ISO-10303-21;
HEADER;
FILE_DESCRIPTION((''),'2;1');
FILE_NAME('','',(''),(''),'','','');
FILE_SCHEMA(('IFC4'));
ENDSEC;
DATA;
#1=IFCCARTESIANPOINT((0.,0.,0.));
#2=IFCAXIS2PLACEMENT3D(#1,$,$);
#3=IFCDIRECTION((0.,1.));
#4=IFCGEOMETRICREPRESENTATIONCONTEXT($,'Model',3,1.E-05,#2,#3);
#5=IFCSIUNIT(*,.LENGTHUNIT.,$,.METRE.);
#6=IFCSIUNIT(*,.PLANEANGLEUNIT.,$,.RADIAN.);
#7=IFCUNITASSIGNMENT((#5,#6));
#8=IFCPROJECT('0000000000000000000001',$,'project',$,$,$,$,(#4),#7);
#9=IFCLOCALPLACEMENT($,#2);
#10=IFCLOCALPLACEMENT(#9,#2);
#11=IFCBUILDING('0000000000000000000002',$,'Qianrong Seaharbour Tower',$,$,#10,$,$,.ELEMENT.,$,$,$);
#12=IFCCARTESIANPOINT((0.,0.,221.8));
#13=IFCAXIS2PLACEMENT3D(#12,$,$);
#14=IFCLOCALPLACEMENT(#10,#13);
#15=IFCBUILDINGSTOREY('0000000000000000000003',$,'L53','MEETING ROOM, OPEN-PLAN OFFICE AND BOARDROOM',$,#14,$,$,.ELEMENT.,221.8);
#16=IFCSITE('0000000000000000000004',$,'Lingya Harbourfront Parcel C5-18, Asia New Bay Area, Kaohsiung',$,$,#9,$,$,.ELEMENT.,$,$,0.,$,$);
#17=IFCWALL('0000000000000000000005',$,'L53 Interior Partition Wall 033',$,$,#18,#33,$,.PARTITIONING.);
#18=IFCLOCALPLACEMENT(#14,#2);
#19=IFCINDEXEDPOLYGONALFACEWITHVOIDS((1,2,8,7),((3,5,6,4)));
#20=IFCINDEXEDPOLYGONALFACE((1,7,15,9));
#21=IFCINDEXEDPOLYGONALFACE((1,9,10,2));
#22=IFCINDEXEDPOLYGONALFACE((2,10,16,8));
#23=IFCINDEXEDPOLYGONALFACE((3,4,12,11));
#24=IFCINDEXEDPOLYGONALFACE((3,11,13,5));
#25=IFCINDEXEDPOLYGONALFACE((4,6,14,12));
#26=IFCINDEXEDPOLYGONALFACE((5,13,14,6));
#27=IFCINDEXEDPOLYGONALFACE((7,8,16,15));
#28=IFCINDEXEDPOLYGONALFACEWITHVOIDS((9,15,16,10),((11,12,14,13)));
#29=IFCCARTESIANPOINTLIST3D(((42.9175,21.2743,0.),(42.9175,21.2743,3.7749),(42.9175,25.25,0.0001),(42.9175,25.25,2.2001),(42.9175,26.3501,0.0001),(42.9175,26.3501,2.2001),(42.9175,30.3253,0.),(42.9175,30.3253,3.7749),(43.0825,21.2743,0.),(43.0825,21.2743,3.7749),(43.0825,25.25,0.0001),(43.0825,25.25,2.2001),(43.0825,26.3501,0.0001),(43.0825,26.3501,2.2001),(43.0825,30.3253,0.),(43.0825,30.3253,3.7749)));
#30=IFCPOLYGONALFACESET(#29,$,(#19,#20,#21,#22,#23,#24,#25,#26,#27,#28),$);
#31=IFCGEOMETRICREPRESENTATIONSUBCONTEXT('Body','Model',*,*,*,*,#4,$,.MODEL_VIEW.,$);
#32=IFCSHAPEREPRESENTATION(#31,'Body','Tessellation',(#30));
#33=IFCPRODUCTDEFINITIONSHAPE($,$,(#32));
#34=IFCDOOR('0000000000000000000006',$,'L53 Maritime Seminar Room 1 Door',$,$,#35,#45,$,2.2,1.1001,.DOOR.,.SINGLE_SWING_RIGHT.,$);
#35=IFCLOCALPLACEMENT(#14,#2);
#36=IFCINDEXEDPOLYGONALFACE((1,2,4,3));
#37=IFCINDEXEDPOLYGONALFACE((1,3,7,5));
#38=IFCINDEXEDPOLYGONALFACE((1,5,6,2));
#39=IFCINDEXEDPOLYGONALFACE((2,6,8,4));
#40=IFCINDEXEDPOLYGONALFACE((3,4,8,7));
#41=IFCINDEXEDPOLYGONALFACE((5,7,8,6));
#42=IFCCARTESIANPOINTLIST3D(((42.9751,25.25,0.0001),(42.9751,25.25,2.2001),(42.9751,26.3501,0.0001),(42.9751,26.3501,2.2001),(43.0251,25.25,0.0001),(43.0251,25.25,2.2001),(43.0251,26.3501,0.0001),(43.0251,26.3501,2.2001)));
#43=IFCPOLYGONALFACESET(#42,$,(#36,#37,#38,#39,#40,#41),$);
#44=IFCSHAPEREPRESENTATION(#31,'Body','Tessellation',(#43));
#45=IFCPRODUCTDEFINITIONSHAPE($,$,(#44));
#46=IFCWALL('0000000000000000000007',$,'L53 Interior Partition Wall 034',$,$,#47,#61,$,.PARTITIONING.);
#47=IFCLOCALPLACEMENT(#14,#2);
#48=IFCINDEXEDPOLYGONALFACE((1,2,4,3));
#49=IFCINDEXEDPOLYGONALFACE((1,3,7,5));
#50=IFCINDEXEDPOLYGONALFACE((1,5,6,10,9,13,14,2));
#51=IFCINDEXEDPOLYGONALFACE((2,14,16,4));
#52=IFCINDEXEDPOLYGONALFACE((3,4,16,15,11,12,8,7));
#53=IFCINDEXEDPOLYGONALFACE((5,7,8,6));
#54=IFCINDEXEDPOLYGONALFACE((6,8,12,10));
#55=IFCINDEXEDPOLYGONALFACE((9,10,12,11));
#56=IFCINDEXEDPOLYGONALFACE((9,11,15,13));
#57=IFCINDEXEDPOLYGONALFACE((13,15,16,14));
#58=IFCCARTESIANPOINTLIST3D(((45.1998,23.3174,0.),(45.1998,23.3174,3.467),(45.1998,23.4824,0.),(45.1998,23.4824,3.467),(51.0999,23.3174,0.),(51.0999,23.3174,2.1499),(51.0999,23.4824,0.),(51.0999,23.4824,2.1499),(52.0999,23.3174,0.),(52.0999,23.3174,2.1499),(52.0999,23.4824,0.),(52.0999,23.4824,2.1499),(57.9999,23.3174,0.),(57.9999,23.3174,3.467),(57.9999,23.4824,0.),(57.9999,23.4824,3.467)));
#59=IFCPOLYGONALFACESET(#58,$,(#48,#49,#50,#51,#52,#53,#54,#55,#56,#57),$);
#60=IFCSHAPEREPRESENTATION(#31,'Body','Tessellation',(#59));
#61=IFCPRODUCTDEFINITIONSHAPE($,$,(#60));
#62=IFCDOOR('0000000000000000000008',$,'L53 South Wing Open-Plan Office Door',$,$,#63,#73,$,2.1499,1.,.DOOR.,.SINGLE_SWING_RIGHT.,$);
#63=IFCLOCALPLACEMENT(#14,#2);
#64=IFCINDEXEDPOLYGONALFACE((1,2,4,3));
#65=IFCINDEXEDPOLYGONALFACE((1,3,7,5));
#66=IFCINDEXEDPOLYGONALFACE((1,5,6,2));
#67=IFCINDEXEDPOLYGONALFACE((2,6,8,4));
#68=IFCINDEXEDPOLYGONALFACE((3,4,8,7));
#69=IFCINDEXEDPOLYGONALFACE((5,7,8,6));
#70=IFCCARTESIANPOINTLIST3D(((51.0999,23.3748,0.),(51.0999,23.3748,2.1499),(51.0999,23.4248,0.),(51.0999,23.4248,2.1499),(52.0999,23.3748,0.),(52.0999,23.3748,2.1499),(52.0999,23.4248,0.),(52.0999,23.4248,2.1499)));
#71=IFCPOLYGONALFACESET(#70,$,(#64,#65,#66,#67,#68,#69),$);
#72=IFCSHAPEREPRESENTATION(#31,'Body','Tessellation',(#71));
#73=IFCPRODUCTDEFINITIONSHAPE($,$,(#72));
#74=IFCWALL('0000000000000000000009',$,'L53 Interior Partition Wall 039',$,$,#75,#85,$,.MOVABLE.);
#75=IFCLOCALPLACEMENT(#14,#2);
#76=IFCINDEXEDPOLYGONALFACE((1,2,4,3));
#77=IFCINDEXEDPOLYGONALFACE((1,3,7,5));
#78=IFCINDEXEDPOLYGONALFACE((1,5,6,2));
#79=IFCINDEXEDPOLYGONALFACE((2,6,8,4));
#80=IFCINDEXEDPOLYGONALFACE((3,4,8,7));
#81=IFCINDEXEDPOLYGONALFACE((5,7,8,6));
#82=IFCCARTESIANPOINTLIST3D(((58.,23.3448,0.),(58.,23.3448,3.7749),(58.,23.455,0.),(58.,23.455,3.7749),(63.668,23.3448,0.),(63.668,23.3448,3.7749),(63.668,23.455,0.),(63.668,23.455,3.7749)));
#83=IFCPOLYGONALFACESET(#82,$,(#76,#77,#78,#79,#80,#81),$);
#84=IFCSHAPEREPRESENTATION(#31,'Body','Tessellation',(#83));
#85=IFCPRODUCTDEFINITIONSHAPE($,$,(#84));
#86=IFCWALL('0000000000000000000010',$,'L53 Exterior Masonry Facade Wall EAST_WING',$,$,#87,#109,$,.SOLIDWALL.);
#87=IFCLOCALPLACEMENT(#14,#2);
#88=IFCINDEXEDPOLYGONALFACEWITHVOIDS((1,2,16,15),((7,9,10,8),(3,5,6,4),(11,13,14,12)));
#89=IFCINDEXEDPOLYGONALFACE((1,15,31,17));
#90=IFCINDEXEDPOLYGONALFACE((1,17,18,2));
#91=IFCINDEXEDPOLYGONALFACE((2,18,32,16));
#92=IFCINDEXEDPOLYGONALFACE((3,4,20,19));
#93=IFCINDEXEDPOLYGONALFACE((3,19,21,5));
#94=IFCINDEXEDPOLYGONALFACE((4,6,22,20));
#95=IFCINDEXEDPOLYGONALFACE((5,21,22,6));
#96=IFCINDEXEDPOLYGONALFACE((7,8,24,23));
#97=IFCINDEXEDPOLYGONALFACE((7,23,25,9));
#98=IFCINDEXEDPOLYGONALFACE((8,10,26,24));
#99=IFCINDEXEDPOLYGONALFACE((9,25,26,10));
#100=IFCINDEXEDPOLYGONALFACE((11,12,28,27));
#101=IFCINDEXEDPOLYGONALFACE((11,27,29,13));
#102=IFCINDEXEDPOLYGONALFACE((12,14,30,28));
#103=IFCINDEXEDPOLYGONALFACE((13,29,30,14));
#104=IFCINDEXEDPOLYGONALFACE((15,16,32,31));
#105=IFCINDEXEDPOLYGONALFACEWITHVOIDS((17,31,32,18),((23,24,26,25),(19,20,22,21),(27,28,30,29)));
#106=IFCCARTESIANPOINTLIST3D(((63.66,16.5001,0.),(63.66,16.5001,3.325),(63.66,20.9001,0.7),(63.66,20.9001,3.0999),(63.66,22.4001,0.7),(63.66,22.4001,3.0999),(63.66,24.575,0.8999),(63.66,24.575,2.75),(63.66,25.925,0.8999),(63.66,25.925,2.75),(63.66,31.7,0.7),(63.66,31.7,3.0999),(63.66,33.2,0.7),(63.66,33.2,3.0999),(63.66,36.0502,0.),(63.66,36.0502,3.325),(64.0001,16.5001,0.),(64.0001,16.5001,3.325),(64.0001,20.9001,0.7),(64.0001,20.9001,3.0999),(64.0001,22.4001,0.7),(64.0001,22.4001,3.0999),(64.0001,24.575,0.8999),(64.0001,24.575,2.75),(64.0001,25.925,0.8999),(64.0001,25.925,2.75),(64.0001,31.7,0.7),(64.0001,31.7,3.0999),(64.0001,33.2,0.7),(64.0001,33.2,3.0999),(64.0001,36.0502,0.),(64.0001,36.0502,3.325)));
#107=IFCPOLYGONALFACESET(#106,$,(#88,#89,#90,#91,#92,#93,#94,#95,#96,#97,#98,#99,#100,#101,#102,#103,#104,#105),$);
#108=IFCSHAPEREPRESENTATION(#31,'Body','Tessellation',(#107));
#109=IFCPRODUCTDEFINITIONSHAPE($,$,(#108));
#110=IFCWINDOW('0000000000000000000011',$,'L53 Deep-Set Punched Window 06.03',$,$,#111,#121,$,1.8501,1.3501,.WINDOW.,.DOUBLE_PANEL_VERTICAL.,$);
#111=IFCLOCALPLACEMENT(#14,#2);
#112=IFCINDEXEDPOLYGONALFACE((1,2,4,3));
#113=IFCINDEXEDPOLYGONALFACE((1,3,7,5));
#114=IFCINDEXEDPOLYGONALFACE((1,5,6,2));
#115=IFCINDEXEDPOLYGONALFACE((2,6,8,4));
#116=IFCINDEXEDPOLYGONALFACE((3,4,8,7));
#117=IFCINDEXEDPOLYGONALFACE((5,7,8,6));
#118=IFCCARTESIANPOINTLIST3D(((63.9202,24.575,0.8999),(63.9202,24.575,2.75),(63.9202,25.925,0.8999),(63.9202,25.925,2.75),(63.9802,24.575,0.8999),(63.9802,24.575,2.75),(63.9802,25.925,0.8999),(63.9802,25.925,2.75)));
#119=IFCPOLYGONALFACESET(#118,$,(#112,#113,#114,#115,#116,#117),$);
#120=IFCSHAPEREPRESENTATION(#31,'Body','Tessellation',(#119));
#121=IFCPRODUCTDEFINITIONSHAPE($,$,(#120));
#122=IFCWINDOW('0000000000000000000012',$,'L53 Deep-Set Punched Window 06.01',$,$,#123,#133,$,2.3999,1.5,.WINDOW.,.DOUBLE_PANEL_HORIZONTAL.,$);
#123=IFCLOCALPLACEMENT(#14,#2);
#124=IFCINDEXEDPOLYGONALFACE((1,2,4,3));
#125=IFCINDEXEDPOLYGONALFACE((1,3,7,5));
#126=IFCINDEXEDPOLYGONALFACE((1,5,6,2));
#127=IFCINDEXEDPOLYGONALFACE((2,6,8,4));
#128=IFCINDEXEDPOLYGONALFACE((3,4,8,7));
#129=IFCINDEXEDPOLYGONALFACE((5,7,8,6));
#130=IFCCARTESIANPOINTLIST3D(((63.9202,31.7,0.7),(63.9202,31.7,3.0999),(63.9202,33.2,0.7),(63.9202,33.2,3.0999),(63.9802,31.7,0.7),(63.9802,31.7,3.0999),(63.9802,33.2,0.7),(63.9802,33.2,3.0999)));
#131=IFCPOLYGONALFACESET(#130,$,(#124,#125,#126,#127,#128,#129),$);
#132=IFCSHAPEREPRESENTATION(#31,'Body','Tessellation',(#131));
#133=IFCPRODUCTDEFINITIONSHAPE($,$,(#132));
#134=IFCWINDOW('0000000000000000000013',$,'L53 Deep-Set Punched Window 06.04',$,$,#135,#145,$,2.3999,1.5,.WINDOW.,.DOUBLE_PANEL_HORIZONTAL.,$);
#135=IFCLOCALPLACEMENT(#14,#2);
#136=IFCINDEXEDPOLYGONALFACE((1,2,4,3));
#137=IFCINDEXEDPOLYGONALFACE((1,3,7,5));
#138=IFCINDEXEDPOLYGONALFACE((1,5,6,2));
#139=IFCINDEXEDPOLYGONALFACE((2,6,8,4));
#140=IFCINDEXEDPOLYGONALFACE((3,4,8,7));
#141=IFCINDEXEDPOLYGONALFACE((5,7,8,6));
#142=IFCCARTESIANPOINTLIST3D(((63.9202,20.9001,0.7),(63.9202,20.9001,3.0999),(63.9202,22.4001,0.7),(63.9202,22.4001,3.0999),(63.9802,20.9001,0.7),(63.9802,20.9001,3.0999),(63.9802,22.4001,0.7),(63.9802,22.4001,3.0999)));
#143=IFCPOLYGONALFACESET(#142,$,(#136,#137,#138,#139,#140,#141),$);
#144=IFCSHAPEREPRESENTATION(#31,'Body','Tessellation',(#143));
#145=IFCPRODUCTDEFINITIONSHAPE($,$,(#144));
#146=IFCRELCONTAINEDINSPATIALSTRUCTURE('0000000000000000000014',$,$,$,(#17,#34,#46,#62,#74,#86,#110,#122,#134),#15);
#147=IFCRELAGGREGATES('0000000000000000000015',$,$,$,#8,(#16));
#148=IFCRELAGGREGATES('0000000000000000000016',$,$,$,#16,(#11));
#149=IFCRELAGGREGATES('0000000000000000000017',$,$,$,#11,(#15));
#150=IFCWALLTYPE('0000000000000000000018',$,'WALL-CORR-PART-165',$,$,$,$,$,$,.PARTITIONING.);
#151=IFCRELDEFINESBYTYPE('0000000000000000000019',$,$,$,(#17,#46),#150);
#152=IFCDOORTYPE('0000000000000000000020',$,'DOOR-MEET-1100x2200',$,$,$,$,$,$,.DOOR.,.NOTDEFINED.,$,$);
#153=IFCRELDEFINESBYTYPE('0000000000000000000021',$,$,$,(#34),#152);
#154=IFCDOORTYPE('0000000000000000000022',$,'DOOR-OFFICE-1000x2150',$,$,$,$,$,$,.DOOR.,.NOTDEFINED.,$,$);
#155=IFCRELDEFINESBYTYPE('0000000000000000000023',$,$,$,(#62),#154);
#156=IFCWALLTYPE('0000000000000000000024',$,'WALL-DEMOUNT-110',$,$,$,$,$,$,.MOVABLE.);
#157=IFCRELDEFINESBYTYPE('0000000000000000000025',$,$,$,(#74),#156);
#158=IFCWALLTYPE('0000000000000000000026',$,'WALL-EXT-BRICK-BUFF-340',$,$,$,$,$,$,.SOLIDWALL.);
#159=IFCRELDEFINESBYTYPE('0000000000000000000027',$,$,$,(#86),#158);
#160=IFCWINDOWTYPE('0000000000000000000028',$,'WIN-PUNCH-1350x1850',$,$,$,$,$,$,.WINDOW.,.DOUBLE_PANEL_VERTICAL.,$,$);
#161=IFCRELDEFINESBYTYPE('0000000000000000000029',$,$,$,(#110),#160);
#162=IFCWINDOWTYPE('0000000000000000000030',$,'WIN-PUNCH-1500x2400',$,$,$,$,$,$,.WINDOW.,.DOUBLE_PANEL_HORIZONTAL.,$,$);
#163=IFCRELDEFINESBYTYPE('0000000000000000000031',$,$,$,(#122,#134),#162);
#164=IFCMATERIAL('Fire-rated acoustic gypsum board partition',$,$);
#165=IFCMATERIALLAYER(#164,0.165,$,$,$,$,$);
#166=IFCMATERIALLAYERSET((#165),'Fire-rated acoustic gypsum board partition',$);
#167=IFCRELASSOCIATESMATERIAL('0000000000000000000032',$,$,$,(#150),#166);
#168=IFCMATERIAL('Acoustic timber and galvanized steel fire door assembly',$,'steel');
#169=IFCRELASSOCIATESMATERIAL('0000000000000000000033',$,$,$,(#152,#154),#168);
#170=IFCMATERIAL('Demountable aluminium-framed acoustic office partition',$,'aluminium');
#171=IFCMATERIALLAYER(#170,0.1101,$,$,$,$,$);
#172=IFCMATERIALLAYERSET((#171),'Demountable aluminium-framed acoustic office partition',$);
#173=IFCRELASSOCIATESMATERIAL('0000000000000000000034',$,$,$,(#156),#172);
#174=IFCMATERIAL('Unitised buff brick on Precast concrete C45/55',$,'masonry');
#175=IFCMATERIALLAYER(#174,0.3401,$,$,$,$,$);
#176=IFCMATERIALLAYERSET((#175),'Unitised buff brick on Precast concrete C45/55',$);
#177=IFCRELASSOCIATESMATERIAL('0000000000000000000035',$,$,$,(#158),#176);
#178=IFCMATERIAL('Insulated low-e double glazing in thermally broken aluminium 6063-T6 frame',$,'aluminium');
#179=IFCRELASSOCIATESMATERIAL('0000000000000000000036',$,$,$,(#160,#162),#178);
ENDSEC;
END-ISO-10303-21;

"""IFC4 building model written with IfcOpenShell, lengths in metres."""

from ifc_helpers import new_model, si_unit, direction, frame, frame_2d, origin, place, context, subcontext, project, spatial, rectangle, extrude, material, layer, layer_set, type_object, element, fill, save


model = new_model("IFC4")

# Units and contexts
model_context = context("Model", 3, precision=1e-05, world=origin(), true_north=direction((0.0, 1.0)))
body_context = subcontext(model_context, "Body", "Model", "MODEL_VIEW")
ifc_project = project(units=[si_unit("LENGTHUNIT", "METRE"), si_unit("PLANEANGLEUNIT", "RADIAN")], contexts=[model_context])

# Site, building, storey
site_placement = place(None, origin())
site = spatial("IfcSite", under=ifc_project, at=site_placement, Name="Lingya Harbourfront Parcel C5-18, Asia New Bay Area, Kaohsiung", CompositionType="ELEMENT", RefElevation=0.0)
building_placement = place(site_placement, origin())
building = spatial("IfcBuilding", under=site, at=building_placement, Name="Qianrong Seaharbour Tower", CompositionType="ELEMENT")
storey_placement = place(building_placement, frame((0.0, 0.0, 221.8)))
storey = spatial("IfcBuildingStorey", under=building, at=storey_placement, Name="L53", Description="MEETING ROOM, OPEN-PLAN OFFICE AND BOARDROOM", CompositionType="ELEMENT", Elevation=221.8)

# Shared definitions
ifc_material_1 = material(Name="Fire-rated acoustic gypsum board partition")
ifc_layer_1 = layer(ifc_material_1, 0.165)
ifc_layer_set_1 = layer_set([ifc_layer_1], Name="Fire-rated acoustic gypsum board partition")
wall_type_1 = type_object("IfcWallType", Name="WALL-CORR-PART-165", PredefinedType="PARTITIONING", material=ifc_layer_set_1)

# Walls, openings, doors
wall_1_placement = place(storey_placement, frame((43.0, 21.2744, 0.0), z_axis=(0.0, 0.0, 1.0), x_axis=(0.0, 1.0, 0.0)))
wall_1 = element("IfcWall", 1, at=wall_1_placement, inside=storey, type_object=wall_type_1, Name="L53 Interior Partition Wall 033", PredefinedType="PARTITIONING", context=body_context, shape_type="SweptSolid", body=[
    extrude(rectangle(XDim=9.051, YDim=0.165, at=frame_2d((4.5254, 0.0))), origin(), (0.0, 0.0, 1.0), 3.7749),
])
opening_1_placement = place(wall_1_placement, frame((3.9756, 0.0, 0.0)))
opening_1 = element("IfcOpeningElement", 2, at=opening_1_placement, cuts=wall_1, PredefinedType="OPENING", context=body_context, shape_type="SweptSolid", body=[
    extrude(rectangle(XDim=1.1001, YDim=2.2, at=frame_2d((0.55, 1.1001))), frame((0.0, 0.0925, 0.0), z_axis=(0.0, -1.0, 0.0), x_axis=(1.0, 0.0, 0.0)), (0.0, 0.0, 1.0), 0.1851),
])
ifc_material_2 = material(Name="Acoustic timber and galvanized steel fire door assembly", Category="steel")
door_type_1 = type_object("IfcDoorType", Name="DOOR-MEET-1100x2200", OperationType="NOTDEFINED", PredefinedType="DOOR", material=ifc_material_2)
door_1_placement = place(opening_1_placement, origin())
door_1 = element("IfcDoor", 3, at=door_1_placement, inside=storey, type_object=door_type_1, Name="L53 Maritime Seminar Room 1 Door", OperationType="SINGLE_SWING_RIGHT", OverallHeight=2.2, OverallWidth=1.1001, PredefinedType="DOOR", context=body_context, shape_type="SweptSolid", body=[
    extrude(rectangle(XDim=1.1001, YDim=2.2, at=frame_2d((0.55, 1.1001))), frame((0.0, 0.0249, 0.0), z_axis=(0.0, -1.0, 0.0), x_axis=(1.0, 0.0, 0.0)), (0.0, 0.0, 1.0), 0.05),
])
fill(opening_1, door_1)
wall_2_placement = place(storey_placement, frame((45.2, 23.3999, 0.0), z_axis=(0.0, 0.0, 1.0), x_axis=(1.0, 0.0, 0.0)))
wall_2 = element("IfcWall", 4, at=wall_2_placement, inside=storey, type_object=wall_type_1, Name="L53 Interior Partition Wall 034", PredefinedType="PARTITIONING", context=body_context, shape_type="SweptSolid", body=[
    extrude(rectangle(XDim=12.8, YDim=0.165, at=frame_2d((6.3999, 0.0))), origin(), (0.0, 0.0, 1.0), 3.467),
])
opening_2_placement = place(wall_2_placement, frame((5.8999, 0.0, 0.0)))
opening_2 = element("IfcOpeningElement", 5, at=opening_2_placement, cuts=wall_2, PredefinedType="OPENING", context=body_context, shape_type="SweptSolid", body=[
    extrude(rectangle(XDim=1.0, YDim=2.1499, at=frame_2d((0.5, 1.075))), frame((0.0, 0.0925, 0.0), z_axis=(0.0, -1.0, 0.0), x_axis=(1.0, 0.0, 0.0)), (0.0, 0.0, 1.0), 0.1851),
])
door_type_2 = type_object("IfcDoorType", Name="DOOR-OFFICE-1000x2150", OperationType="NOTDEFINED", PredefinedType="DOOR", material=ifc_material_2)
door_2_placement = place(opening_2_placement, origin())
door_2 = element("IfcDoor", 6, at=door_2_placement, inside=storey, type_object=door_type_2, Name="L53 South Wing Open-Plan Office Door", OperationType="SINGLE_SWING_RIGHT", OverallHeight=2.1499, OverallWidth=1.0, PredefinedType="DOOR", context=body_context, shape_type="SweptSolid", body=[
    extrude(rectangle(XDim=1.0, YDim=2.1499, at=frame_2d((0.5, 1.075))), frame((0.0, 0.0249, 0.0), z_axis=(0.0, -1.0, 0.0), x_axis=(1.0, 0.0, 0.0)), (0.0, 0.0, 1.0), 0.05),
])
fill(opening_2, door_2)

# Wall
ifc_material_3 = material(Name="Demountable aluminium-framed acoustic office partition", Category="aluminium")
ifc_layer_2 = layer(ifc_material_3, 0.1101)
ifc_layer_set_2 = layer_set([ifc_layer_2], Name="Demountable aluminium-framed acoustic office partition")
wall_type_2 = type_object("IfcWallType", Name="WALL-DEMOUNT-110", PredefinedType="MOVABLE", material=ifc_layer_set_2)
wall_3_placement = place(storey_placement, frame((63.668, 23.3999, 0.0), z_axis=(0.0, 0.0, 1.0), x_axis=(-1.0, 0.0, 0.0)))
element("IfcWall", 7, at=wall_3_placement, inside=storey, type_object=wall_type_2, Name="L53 Interior Partition Wall 039", PredefinedType="MOVABLE", context=body_context, shape_type="SweptSolid", body=[
    extrude(rectangle(XDim=5.668, YDim=0.1101, at=frame_2d((2.834, 0.0))), origin(), (0.0, 0.0, 1.0), 3.7749),
])

# Wall, openings, windows
ifc_material_4 = material(Name="Unitised buff brick on Precast concrete C45/55", Category="masonry")
ifc_layer_3 = layer(ifc_material_4, 0.3401)
ifc_layer_set_3 = layer_set([ifc_layer_3], Name="Unitised buff brick on Precast concrete C45/55")
wall_type_3 = type_object("IfcWallType", Name="WALL-EXT-BRICK-BUFF-340", PredefinedType="SOLIDWALL", material=ifc_layer_set_3)
wall_4_placement = place(storey_placement, frame((63.8301, 36.05, 0.0), z_axis=(0.0, 0.0, 1.0), x_axis=(0.0, -1.0, 0.0)))
wall_4 = element("IfcWall", 8, at=wall_4_placement, inside=storey, type_object=wall_type_3, Name="L53 Exterior Masonry Facade Wall EAST_WING", PredefinedType="SOLIDWALL", context=body_context, shape_type="SweptSolid", body=[
    extrude(rectangle(XDim=19.55, YDim=0.3401, at=frame_2d((9.7749, 0.0))), origin(), (0.0, 0.0, 1.0), 3.325),
])
opening_3_placement = place(wall_4_placement, frame((2.8501, 0.0, 0.7)))
opening_3 = element("IfcOpeningElement", 9, at=opening_3_placement, cuts=wall_4, PredefinedType="OPENING", context=body_context, shape_type="SweptSolid", body=[
    extrude(rectangle(XDim=1.5, YDim=2.3999, at=frame_2d((0.75, 1.2))), frame((0.0, 0.1802, 0.0), z_axis=(0.0, -1.0, 0.0), x_axis=(1.0, 0.0, 0.0)), (0.0, 0.0, 1.0), 0.3601),
])
opening_4_placement = place(wall_4_placement, frame((10.125, 0.0, 0.8999)))
opening_4 = element("IfcOpeningElement", 10, at=opening_4_placement, cuts=wall_4, PredefinedType="OPENING", context=body_context, shape_type="SweptSolid", body=[
    extrude(rectangle(XDim=1.3501, YDim=1.8501, at=frame_2d((0.675, 0.925))), frame((0.0, 0.1802, 0.0), z_axis=(0.0, -1.0, 0.0), x_axis=(1.0, 0.0, 0.0)), (0.0, 0.0, 1.0), 0.3601),
])
opening_5_placement = place(wall_4_placement, frame((13.6499, 0.0, 0.7)))
opening_5 = element("IfcOpeningElement", 11, at=opening_5_placement, cuts=wall_4, PredefinedType="OPENING", context=body_context, shape_type="SweptSolid", body=[
    extrude(rectangle(XDim=1.5, YDim=2.3999, at=frame_2d((0.75, 1.2))), frame((0.0, 0.1802, 0.0), z_axis=(0.0, -1.0, 0.0), x_axis=(1.0, 0.0, 0.0)), (0.0, 0.0, 1.0), 0.3601),
])
ifc_material_5 = material(Name="Insulated low-e double glazing in thermally broken aluminium 6063-T6 frame", Category="aluminium")
window_type_1 = type_object("IfcWindowType", Name="WIN-PUNCH-1350x1850", PartitioningType="DOUBLE_PANEL_VERTICAL", PredefinedType="WINDOW", material=ifc_material_5)
window_1_placement = place(opening_4_placement, origin())
window_1 = element("IfcWindow", 12, at=window_1_placement, inside=storey, type_object=window_type_1, Name="L53 Deep-Set Punched Window 06.03", OverallHeight=1.8501, OverallWidth=1.3501, PartitioningType="DOUBLE_PANEL_VERTICAL", PredefinedType="WINDOW", context=body_context, shape_type="SweptSolid", body=[
    extrude(rectangle(XDim=1.3501, YDim=1.8501, at=frame_2d((0.675, 0.925))), frame((0.0, 0.1501, 0.0), z_axis=(0.0, -1.0, 0.0), x_axis=(1.0, 0.0, 0.0)), (0.0, 0.0, 1.0), 0.0601),
])
fill(opening_4, window_1)
window_type_2 = type_object("IfcWindowType", Name="WIN-PUNCH-1500x2400", PartitioningType="DOUBLE_PANEL_HORIZONTAL", PredefinedType="WINDOW", material=ifc_material_5)
window_2_placement = place(opening_3_placement, origin())
window_2 = element("IfcWindow", 13, at=window_2_placement, inside=storey, type_object=window_type_2, Name="L53 Deep-Set Punched Window 06.01", OverallHeight=2.3999, OverallWidth=1.5, PartitioningType="DOUBLE_PANEL_HORIZONTAL", PredefinedType="WINDOW", context=body_context, shape_type="SweptSolid", body=[
    extrude(rectangle(XDim=1.5, YDim=2.3999, at=frame_2d((0.75, 1.2))), frame((0.0, 0.1501, 0.0), z_axis=(0.0, -1.0, 0.0), x_axis=(1.0, 0.0, 0.0)), (0.0, 0.0, 1.0), 0.0601),
])
fill(opening_3, window_2)
window_3_placement = place(opening_5_placement, origin())
window_3 = element("IfcWindow", 14, at=window_3_placement, inside=storey, type_object=window_type_2, Name="L53 Deep-Set Punched Window 06.04", OverallHeight=2.3999, OverallWidth=1.5, PartitioningType="DOUBLE_PANEL_HORIZONTAL", PredefinedType="WINDOW", context=body_context, shape_type="SweptSolid", body=[
    extrude(rectangle(XDim=1.5, YDim=2.3999, at=frame_2d((0.75, 1.2))), frame((0.0, 0.1501, 0.0), z_axis=(0.0, -1.0, 0.0), x_axis=(1.0, 0.0, 0.0)), (0.0, 0.0, 1.0), 0.0601),
])
fill(opening_5, window_3)

save(model, "model.ifc")
